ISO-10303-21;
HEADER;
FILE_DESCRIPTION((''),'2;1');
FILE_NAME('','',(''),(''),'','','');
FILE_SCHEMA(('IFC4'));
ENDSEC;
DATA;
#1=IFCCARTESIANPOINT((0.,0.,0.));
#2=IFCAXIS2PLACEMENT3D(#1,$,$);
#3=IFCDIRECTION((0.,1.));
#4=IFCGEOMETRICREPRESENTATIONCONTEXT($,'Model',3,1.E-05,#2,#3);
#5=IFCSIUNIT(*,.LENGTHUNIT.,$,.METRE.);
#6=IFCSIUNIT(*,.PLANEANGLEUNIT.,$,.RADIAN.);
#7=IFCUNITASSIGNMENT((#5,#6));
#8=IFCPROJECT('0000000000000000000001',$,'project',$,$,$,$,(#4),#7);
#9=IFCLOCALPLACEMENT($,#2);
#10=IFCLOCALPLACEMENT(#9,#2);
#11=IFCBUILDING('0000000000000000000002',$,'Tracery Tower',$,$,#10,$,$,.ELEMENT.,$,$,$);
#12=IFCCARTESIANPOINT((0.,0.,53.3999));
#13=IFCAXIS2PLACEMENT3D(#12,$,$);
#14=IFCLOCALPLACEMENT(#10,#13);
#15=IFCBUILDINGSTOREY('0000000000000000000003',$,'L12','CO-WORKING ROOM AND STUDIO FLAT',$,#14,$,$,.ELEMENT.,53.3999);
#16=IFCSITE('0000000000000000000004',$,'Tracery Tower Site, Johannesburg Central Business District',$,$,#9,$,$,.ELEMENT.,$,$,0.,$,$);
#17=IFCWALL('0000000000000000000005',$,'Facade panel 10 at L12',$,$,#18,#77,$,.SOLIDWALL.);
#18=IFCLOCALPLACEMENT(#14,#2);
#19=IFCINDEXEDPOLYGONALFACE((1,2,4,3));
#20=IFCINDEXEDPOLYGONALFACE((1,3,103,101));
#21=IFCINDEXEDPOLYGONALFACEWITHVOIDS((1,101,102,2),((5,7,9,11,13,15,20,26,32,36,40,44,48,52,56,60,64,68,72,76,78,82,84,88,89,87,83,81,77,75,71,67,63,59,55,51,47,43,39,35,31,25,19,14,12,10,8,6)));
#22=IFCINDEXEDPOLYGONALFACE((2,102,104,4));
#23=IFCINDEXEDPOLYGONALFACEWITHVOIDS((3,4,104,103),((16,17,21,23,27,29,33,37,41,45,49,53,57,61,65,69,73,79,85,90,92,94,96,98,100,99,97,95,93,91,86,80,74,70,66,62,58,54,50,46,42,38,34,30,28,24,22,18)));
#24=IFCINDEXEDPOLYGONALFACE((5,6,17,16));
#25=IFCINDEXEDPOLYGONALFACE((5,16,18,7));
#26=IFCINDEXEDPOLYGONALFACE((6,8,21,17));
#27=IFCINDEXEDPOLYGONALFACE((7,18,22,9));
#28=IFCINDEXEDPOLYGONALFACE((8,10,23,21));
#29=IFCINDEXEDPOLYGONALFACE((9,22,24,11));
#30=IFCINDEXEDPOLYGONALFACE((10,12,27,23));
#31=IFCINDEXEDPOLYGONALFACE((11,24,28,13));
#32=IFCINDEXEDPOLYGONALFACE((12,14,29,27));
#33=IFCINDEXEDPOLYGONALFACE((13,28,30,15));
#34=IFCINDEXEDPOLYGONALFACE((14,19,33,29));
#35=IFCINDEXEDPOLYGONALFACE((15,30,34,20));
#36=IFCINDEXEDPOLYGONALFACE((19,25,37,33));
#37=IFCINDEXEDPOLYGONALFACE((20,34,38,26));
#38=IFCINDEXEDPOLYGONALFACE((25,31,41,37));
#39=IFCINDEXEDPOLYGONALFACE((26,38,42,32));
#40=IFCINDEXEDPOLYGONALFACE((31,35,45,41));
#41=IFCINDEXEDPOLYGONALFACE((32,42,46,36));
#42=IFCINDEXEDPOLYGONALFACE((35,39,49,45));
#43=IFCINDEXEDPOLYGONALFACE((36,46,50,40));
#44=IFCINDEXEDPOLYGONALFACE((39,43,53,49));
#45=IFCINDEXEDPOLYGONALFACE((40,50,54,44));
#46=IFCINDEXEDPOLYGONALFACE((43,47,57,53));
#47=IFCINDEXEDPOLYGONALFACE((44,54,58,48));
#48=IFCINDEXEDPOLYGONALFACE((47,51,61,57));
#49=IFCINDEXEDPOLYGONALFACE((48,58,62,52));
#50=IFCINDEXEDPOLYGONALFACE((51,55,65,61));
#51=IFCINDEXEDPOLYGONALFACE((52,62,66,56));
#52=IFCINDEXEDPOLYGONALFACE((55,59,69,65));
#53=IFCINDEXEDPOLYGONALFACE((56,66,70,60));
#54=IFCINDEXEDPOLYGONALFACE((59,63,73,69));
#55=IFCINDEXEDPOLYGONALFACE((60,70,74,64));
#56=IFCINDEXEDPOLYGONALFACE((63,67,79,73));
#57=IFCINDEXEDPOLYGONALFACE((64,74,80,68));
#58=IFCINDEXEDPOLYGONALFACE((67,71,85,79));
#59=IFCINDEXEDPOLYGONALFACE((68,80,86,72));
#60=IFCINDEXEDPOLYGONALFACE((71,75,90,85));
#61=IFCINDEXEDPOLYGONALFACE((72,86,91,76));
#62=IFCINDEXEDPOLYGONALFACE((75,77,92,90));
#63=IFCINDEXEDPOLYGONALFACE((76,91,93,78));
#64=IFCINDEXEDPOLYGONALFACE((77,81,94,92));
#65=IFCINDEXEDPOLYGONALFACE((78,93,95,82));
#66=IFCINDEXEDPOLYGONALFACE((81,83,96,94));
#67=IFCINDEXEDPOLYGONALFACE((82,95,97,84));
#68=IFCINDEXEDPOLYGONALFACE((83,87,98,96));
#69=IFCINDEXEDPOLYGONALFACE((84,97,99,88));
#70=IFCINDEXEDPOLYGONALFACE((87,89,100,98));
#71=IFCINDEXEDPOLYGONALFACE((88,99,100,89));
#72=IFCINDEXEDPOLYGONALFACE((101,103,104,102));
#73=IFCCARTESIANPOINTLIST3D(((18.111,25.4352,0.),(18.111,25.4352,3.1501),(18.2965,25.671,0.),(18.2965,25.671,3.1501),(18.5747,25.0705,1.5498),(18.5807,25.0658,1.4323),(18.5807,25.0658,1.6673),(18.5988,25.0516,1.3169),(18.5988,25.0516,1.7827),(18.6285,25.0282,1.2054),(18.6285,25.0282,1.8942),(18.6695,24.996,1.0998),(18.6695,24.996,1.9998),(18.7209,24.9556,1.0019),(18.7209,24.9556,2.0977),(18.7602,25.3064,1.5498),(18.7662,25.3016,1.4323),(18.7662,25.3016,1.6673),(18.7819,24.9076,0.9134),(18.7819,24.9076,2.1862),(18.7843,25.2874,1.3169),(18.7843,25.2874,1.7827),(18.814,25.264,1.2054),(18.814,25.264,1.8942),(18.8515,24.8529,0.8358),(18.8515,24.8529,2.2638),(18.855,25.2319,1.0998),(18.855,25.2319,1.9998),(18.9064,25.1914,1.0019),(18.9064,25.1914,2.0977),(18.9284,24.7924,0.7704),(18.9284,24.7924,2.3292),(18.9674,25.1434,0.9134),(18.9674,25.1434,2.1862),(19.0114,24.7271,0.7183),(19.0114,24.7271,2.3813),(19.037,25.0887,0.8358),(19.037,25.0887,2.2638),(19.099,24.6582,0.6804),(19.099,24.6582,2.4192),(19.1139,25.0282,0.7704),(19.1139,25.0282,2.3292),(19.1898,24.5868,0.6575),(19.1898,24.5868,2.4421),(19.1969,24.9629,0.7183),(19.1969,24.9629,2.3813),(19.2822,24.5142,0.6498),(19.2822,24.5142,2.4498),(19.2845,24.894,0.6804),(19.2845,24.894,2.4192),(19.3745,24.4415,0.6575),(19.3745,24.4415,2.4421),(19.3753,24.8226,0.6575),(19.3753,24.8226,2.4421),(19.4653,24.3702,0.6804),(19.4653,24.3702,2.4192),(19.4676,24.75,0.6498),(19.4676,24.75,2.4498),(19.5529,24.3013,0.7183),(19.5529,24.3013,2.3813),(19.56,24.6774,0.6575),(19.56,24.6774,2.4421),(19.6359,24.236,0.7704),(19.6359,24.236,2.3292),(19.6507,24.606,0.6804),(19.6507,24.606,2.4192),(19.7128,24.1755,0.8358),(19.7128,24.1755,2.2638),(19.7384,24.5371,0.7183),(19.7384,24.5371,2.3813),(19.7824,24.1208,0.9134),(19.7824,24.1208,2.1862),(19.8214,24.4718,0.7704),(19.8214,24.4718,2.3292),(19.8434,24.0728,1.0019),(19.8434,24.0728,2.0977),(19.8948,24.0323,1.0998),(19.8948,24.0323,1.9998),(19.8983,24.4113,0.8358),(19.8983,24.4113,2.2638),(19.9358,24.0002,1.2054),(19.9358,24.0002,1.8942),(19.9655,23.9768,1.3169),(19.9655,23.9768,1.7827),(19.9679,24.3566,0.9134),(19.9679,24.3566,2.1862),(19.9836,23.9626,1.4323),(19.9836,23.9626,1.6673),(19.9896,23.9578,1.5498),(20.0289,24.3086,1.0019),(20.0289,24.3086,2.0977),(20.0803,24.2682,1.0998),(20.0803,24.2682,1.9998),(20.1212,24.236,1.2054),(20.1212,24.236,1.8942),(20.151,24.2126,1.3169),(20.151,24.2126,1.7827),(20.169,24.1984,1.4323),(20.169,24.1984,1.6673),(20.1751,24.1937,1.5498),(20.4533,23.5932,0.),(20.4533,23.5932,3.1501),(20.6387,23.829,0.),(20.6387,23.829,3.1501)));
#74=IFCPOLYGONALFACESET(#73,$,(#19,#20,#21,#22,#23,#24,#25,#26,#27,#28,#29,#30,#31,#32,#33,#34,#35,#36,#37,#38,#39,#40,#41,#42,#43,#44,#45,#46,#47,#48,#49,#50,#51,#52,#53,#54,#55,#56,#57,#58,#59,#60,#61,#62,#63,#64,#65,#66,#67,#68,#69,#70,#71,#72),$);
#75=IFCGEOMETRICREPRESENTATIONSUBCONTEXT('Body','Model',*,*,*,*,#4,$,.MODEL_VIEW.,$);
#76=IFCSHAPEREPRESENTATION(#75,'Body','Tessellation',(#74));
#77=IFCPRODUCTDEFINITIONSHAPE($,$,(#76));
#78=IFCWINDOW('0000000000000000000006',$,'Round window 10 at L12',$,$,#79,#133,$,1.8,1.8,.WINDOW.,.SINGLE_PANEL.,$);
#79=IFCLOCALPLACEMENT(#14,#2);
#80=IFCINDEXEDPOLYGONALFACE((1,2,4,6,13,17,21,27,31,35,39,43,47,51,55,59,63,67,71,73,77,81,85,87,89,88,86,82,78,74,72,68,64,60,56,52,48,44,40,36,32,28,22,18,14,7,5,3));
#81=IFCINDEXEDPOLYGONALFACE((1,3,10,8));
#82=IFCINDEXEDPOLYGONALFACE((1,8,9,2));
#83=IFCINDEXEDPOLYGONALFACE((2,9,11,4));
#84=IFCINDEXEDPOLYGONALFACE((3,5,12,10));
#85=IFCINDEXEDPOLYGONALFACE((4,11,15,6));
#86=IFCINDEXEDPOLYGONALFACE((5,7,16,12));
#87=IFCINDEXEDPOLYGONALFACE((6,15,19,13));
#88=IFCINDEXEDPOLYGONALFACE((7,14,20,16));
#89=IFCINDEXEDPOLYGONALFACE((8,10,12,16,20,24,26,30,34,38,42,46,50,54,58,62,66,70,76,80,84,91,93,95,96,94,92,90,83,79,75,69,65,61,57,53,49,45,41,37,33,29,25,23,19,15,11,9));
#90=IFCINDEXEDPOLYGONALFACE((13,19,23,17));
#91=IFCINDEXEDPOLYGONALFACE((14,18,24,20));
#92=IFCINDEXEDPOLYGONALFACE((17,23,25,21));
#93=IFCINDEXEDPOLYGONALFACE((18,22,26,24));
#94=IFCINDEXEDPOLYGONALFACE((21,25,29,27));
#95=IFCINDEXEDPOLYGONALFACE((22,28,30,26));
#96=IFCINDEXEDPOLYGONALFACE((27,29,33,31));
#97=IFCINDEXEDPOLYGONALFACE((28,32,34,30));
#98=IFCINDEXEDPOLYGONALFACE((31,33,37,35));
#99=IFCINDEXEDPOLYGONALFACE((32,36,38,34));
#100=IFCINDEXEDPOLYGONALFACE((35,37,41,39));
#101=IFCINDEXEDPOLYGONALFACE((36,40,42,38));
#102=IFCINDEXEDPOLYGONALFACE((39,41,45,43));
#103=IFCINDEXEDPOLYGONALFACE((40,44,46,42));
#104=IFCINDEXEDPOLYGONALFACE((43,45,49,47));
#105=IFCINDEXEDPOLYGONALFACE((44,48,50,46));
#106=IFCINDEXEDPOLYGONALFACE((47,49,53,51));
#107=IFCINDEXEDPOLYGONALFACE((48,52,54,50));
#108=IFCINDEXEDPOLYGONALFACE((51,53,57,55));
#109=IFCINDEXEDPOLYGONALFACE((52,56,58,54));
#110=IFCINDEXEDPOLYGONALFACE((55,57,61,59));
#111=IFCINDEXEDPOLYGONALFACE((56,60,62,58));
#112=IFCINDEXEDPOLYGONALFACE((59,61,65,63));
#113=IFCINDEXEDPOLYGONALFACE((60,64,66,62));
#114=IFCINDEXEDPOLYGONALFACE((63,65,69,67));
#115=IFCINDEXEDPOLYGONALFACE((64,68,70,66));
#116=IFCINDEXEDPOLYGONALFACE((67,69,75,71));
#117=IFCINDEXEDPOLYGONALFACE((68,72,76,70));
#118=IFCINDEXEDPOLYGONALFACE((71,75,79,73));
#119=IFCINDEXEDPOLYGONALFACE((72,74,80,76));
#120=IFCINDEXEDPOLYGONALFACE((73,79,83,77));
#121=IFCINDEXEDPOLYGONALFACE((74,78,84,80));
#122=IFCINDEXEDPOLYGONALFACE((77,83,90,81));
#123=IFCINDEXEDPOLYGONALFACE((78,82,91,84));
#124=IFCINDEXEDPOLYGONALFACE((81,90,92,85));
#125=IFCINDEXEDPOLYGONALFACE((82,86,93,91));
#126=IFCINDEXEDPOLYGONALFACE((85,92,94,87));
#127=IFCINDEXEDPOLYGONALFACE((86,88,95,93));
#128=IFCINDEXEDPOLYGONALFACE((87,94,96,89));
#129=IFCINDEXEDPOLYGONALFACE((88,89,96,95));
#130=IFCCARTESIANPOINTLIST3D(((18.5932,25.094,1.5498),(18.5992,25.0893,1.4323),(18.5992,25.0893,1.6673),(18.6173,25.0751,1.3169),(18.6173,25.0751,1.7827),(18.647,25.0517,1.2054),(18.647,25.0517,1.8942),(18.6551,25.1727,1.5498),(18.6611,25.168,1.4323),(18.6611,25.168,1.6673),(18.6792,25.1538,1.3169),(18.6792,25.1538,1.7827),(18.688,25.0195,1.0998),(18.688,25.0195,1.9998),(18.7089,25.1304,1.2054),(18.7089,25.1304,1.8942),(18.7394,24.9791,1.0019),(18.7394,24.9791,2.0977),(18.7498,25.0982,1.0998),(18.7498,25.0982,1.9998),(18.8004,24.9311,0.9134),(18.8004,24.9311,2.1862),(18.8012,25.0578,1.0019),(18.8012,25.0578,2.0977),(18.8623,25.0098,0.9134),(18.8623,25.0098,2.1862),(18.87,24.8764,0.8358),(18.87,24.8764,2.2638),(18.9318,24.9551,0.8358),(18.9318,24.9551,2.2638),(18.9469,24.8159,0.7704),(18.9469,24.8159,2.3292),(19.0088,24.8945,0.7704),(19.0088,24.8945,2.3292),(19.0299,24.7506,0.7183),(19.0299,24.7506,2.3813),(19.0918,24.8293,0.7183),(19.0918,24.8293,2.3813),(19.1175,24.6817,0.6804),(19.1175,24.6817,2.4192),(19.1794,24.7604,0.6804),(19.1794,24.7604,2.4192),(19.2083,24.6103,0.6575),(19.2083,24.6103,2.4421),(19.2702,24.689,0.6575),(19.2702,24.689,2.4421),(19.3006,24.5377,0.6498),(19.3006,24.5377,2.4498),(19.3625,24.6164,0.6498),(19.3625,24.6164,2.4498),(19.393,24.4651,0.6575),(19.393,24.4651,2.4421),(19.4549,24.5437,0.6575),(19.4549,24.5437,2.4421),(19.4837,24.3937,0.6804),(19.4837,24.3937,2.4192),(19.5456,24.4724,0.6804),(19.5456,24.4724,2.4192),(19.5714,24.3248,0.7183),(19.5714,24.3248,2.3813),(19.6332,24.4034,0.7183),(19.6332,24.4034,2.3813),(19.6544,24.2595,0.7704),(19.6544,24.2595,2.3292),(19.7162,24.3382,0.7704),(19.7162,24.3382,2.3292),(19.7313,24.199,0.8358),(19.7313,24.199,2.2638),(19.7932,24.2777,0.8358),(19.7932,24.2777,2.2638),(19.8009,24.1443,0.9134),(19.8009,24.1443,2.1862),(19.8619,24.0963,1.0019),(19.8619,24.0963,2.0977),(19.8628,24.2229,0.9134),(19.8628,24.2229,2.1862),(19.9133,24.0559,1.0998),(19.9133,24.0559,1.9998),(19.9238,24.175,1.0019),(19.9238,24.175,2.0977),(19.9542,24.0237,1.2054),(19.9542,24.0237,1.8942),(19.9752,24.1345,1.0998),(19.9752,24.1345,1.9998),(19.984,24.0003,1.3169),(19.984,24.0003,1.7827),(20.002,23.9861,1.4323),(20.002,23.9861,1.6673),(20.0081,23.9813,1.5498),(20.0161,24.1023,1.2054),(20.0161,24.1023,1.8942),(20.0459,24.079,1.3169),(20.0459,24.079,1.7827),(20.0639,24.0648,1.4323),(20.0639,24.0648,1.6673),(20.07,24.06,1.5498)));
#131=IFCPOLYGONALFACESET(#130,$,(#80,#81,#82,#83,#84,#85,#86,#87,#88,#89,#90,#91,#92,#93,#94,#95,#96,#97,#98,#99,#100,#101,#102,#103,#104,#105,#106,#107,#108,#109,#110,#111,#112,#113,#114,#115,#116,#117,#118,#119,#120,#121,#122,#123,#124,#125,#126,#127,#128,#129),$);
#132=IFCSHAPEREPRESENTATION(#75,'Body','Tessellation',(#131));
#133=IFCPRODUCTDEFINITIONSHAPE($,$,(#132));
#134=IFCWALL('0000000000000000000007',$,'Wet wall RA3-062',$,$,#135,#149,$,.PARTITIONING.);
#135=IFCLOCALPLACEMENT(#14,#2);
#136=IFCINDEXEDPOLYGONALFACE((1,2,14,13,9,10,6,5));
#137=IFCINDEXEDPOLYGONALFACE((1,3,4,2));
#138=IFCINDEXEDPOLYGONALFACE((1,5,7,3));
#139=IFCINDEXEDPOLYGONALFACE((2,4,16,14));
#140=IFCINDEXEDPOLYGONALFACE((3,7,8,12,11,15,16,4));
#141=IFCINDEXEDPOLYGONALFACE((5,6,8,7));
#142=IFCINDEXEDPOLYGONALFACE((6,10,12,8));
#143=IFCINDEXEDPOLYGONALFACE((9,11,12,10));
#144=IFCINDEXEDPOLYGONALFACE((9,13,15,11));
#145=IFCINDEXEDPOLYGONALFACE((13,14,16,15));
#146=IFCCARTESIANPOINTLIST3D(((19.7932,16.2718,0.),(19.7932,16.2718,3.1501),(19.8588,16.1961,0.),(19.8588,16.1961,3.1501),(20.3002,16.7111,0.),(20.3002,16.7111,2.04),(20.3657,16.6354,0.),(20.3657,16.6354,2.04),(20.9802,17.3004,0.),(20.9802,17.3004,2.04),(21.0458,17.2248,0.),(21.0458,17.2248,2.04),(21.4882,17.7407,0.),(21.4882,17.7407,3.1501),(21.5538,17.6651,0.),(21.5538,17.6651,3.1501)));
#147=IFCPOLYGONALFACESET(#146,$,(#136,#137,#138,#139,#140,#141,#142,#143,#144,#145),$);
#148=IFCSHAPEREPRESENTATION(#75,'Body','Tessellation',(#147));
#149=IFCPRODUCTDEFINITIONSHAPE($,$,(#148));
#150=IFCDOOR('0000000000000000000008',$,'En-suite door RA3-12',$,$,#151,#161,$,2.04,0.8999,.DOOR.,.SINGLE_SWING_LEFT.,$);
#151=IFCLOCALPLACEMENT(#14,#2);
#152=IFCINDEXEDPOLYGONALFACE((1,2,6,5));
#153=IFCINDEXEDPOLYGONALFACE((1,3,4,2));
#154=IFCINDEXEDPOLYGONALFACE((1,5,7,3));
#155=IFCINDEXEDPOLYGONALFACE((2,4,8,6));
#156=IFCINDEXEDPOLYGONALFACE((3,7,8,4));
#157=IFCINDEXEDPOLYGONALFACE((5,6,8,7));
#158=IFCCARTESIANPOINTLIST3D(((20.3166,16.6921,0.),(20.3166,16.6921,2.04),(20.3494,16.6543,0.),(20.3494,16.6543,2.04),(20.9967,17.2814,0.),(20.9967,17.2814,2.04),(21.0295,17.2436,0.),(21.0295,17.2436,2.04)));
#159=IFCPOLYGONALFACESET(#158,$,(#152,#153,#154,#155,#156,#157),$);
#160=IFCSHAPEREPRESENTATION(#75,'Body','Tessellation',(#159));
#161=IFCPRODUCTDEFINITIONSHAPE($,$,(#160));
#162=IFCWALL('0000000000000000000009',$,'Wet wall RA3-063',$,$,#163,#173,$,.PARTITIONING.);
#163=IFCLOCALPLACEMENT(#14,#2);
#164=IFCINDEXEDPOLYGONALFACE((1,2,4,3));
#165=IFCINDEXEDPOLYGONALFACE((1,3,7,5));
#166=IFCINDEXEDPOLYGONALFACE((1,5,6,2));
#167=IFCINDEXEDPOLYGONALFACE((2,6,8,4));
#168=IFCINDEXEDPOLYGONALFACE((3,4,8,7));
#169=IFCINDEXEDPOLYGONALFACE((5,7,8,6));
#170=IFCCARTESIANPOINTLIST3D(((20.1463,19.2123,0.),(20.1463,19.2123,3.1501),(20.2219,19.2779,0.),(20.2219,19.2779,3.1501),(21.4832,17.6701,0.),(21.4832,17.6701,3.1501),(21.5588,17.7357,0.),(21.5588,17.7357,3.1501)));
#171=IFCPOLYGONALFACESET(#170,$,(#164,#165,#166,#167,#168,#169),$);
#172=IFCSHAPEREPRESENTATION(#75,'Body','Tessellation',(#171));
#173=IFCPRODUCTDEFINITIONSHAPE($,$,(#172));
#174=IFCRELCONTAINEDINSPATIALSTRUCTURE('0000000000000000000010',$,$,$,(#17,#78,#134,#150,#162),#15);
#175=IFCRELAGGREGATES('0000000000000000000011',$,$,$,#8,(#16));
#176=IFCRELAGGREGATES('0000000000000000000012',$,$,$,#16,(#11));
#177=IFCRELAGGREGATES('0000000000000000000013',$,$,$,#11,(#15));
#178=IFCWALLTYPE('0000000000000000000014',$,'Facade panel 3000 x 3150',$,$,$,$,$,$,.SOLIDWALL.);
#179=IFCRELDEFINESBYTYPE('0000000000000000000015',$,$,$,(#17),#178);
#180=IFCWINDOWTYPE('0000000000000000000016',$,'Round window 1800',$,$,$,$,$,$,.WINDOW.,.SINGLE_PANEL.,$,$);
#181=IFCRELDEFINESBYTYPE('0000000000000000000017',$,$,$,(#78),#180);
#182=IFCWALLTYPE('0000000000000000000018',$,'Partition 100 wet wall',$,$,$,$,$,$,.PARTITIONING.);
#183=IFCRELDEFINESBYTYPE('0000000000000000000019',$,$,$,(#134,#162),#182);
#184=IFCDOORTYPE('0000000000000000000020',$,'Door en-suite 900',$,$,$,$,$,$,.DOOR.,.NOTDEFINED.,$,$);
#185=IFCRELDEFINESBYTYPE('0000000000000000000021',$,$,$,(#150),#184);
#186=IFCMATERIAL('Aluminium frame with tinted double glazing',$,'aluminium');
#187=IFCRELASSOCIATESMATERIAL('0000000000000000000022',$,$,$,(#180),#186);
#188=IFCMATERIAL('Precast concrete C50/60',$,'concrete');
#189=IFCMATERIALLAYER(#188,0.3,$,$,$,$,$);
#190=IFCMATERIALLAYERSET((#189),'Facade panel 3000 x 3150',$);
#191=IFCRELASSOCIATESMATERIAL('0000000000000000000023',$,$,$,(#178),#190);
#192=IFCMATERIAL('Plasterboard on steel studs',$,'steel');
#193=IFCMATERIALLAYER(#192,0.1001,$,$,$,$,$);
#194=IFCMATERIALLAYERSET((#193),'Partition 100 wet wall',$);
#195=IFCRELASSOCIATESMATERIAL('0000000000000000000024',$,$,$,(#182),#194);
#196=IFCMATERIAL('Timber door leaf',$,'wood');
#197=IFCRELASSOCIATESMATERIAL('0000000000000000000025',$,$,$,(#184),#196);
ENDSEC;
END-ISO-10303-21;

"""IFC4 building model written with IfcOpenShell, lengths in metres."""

from ifc_helpers import new_model, si_unit, direction, frame, frame_2d, origin, origin_2d, place, context, subcontext, project, spatial, rectangle, circle, extrude, material, layer, layer_set, type_object, element, fill, save


model = new_model("IFC4")

# Units and contexts
model_context = context("Model", 3, precision=1e-05, world=origin(), true_north=direction((0.0, 1.0)))
body_context = subcontext(model_context, "Body", "Model", "MODEL_VIEW")
ifc_project = project(units=[si_unit("LENGTHUNIT", "METRE"), si_unit("PLANEANGLEUNIT", "RADIAN")], contexts=[model_context])

# Site, building, storey
site_placement = place(None, origin())
site = spatial("IfcSite", under=ifc_project, at=site_placement, Name="Tracery Tower Site, Johannesburg Central Business District", CompositionType="ELEMENT", RefElevation=0.0)
building_placement = place(site_placement, origin())
building = spatial("IfcBuilding", under=site, at=building_placement, Name="Tracery Tower", CompositionType="ELEMENT")
storey_placement = place(building_placement, frame((0.0, 0.0, 53.3999)))
storey = spatial("IfcBuildingStorey", under=building, at=storey_placement, Name="L12", Description="CO-WORKING ROOM AND STUDIO FLAT", CompositionType="ELEMENT", Elevation=53.3999)

# Wall, opening, window
ifc_material_1 = material(Name="Aluminium frame with tinted double glazing", Category="aluminium")
window_type = type_object("IfcWindowType", Name="Round window 1800", PartitioningType="SINGLE_PANEL", PredefinedType="WINDOW", material=ifc_material_1)
ifc_material_2 = material(Name="Precast concrete C50/60", Category="concrete")
ifc_layer_1 = layer(ifc_material_2, 0.3)
ifc_layer_set_1 = layer_set([ifc_layer_1], Name="Facade panel 3000 x 3150")
wall_type_1 = type_object("IfcWallType", Name="Facade panel 3000 x 3150", PredefinedType="SOLIDWALL", material=ifc_layer_set_1)
wall_1_placement = place(storey_placement, frame((20.5459, 23.7112, 0.0), z_axis=(0.0, 0.0, 1.0), x_axis=(-0.786045, 0.618169, 0.0)))
wall_1 = element("IfcWall", 1, at=wall_1_placement, inside=storey, type_object=wall_type_1, Name="Facade panel 10 at L12", PredefinedType="SOLIDWALL", context=body_context, shape_type="SweptSolid", body=[
    extrude(rectangle(XDim=2.9797, YDim=0.3, at=frame_2d((1.4897, 0.0))), origin(), (0.0, 0.0, 1.0), 3.1501),
])
opening_1_placement = place(wall_1_placement, frame((1.4897, 0.0, 1.5498)))
opening_1 = element("IfcOpeningElement", 2, at=opening_1_placement, cuts=wall_1, PredefinedType="OPENING", context=body_context, shape_type="SweptSolid", body=[
    extrude(circle(Radius=0.9, at=origin_2d()), frame((0.0, 0.1599, 0.0), z_axis=(0.0, -1.0, 0.0), x_axis=(1.0, 0.0, 0.0)), (0.0, 0.0, 1.0), 0.3201),
])
window_1_placement = place(opening_1_placement, origin())
window_1 = element("IfcWindow", 3, at=window_1_placement, inside=storey, type_object=window_type, Name="Round window 10 at L12", OverallHeight=1.8, OverallWidth=1.8, PartitioningType="SINGLE_PANEL", PredefinedType="WINDOW", context=body_context, shape_type="SweptSolid", body=[
    extrude(circle(Radius=0.9, at=origin_2d()), frame((0.0, 0.1201, 0.0), z_axis=(0.0, -1.0, 0.0), x_axis=(1.0, 0.0, 0.0)), (0.0, 0.0, 1.0), 0.1001),
])
fill(opening_1, window_1)

# Wall, opening, door
ifc_material_3 = material(Name="Plasterboard on steel studs", Category="steel")
ifc_layer_2 = layer(ifc_material_3, 0.1001)
ifc_layer_set_2 = layer_set([ifc_layer_2], Name="Partition 100 wet wall")
wall_type_2 = type_object("IfcWallType", Name="Partition 100 wet wall", PredefinedType="PARTITIONING", material=ifc_layer_set_2)
wall_2_placement = place(storey_placement, frame((19.8259, 16.2339, 0.0), z_axis=(0.0, 0.0, 1.0), x_axis=(0.755703, 0.654914, 0.0)))
wall_2 = element("IfcWall", 4, at=wall_2_placement, inside=storey, type_object=wall_type_2, Name="Wet wall RA3-062", PredefinedType="PARTITIONING", context=body_context, shape_type="SweptSolid", body=[
    extrude(rectangle(XDim=2.2429, YDim=0.1001, at=frame_2d((1.1216, 0.0))), origin(), (0.0, 0.0, 1.0), 3.1501),
])
opening_2_placement = place(wall_2_placement, frame((0.6709, 0.0, 0.0)))
opening_2 = element("IfcOpeningElement", 5, at=opening_2_placement, cuts=wall_2, PredefinedType="OPENING", context=body_context, shape_type="SweptSolid", body=[
    extrude(rectangle(XDim=0.8999, YDim=2.04, at=frame_2d((0.45, 1.02))), frame((0.0, 0.05, 0.0), z_axis=(0.0, -1.0, 0.0), x_axis=(1.0, 0.0, 0.0)), (0.0, 0.0, 1.0), 0.1001),
])
ifc_material_4 = material(Name="Timber door leaf", Category="wood")
door_type = type_object("IfcDoorType", Name="Door en-suite 900", OperationType="NOTDEFINED", PredefinedType="DOOR", material=ifc_material_4)
door_placement = place(opening_2_placement, origin())
door = element("IfcDoor", 6, at=door_placement, inside=storey, type_object=door_type, Name="En-suite door RA3-12", OperationType="SINGLE_SWING_LEFT", OverallHeight=2.04, OverallWidth=0.8999, PredefinedType="DOOR", context=body_context, shape_type="SweptSolid", body=[
    extrude(rectangle(XDim=0.8999, YDim=2.04, at=frame_2d((0.45, 1.02))), frame((0.0, 0.0249, 0.0), z_axis=(0.0, -1.0, 0.0), x_axis=(1.0, 0.0, 0.0)), (0.0, 0.0, 1.0), 0.05),
])
fill(opening_2, door)

# Wall
wall_3_placement = place(storey_placement, frame((20.1841, 19.2451, 0.0), z_axis=(0.0, 0.0, 1.0), x_axis=(0.655017, -0.755614, 0.0)))
element("IfcWall", 7, at=wall_3_placement, inside=storey, type_object=wall_type_2, Name="Wet wall RA3-063", PredefinedType="PARTITIONING", context=body_context, shape_type="SweptSolid", body=[
    extrude(rectangle(XDim=2.041, YDim=0.1001, at=frame_2d((1.0205, 0.0))), origin(), (0.0, 0.0, 1.0), 3.1501),
])

save(model, "model.ifc")
